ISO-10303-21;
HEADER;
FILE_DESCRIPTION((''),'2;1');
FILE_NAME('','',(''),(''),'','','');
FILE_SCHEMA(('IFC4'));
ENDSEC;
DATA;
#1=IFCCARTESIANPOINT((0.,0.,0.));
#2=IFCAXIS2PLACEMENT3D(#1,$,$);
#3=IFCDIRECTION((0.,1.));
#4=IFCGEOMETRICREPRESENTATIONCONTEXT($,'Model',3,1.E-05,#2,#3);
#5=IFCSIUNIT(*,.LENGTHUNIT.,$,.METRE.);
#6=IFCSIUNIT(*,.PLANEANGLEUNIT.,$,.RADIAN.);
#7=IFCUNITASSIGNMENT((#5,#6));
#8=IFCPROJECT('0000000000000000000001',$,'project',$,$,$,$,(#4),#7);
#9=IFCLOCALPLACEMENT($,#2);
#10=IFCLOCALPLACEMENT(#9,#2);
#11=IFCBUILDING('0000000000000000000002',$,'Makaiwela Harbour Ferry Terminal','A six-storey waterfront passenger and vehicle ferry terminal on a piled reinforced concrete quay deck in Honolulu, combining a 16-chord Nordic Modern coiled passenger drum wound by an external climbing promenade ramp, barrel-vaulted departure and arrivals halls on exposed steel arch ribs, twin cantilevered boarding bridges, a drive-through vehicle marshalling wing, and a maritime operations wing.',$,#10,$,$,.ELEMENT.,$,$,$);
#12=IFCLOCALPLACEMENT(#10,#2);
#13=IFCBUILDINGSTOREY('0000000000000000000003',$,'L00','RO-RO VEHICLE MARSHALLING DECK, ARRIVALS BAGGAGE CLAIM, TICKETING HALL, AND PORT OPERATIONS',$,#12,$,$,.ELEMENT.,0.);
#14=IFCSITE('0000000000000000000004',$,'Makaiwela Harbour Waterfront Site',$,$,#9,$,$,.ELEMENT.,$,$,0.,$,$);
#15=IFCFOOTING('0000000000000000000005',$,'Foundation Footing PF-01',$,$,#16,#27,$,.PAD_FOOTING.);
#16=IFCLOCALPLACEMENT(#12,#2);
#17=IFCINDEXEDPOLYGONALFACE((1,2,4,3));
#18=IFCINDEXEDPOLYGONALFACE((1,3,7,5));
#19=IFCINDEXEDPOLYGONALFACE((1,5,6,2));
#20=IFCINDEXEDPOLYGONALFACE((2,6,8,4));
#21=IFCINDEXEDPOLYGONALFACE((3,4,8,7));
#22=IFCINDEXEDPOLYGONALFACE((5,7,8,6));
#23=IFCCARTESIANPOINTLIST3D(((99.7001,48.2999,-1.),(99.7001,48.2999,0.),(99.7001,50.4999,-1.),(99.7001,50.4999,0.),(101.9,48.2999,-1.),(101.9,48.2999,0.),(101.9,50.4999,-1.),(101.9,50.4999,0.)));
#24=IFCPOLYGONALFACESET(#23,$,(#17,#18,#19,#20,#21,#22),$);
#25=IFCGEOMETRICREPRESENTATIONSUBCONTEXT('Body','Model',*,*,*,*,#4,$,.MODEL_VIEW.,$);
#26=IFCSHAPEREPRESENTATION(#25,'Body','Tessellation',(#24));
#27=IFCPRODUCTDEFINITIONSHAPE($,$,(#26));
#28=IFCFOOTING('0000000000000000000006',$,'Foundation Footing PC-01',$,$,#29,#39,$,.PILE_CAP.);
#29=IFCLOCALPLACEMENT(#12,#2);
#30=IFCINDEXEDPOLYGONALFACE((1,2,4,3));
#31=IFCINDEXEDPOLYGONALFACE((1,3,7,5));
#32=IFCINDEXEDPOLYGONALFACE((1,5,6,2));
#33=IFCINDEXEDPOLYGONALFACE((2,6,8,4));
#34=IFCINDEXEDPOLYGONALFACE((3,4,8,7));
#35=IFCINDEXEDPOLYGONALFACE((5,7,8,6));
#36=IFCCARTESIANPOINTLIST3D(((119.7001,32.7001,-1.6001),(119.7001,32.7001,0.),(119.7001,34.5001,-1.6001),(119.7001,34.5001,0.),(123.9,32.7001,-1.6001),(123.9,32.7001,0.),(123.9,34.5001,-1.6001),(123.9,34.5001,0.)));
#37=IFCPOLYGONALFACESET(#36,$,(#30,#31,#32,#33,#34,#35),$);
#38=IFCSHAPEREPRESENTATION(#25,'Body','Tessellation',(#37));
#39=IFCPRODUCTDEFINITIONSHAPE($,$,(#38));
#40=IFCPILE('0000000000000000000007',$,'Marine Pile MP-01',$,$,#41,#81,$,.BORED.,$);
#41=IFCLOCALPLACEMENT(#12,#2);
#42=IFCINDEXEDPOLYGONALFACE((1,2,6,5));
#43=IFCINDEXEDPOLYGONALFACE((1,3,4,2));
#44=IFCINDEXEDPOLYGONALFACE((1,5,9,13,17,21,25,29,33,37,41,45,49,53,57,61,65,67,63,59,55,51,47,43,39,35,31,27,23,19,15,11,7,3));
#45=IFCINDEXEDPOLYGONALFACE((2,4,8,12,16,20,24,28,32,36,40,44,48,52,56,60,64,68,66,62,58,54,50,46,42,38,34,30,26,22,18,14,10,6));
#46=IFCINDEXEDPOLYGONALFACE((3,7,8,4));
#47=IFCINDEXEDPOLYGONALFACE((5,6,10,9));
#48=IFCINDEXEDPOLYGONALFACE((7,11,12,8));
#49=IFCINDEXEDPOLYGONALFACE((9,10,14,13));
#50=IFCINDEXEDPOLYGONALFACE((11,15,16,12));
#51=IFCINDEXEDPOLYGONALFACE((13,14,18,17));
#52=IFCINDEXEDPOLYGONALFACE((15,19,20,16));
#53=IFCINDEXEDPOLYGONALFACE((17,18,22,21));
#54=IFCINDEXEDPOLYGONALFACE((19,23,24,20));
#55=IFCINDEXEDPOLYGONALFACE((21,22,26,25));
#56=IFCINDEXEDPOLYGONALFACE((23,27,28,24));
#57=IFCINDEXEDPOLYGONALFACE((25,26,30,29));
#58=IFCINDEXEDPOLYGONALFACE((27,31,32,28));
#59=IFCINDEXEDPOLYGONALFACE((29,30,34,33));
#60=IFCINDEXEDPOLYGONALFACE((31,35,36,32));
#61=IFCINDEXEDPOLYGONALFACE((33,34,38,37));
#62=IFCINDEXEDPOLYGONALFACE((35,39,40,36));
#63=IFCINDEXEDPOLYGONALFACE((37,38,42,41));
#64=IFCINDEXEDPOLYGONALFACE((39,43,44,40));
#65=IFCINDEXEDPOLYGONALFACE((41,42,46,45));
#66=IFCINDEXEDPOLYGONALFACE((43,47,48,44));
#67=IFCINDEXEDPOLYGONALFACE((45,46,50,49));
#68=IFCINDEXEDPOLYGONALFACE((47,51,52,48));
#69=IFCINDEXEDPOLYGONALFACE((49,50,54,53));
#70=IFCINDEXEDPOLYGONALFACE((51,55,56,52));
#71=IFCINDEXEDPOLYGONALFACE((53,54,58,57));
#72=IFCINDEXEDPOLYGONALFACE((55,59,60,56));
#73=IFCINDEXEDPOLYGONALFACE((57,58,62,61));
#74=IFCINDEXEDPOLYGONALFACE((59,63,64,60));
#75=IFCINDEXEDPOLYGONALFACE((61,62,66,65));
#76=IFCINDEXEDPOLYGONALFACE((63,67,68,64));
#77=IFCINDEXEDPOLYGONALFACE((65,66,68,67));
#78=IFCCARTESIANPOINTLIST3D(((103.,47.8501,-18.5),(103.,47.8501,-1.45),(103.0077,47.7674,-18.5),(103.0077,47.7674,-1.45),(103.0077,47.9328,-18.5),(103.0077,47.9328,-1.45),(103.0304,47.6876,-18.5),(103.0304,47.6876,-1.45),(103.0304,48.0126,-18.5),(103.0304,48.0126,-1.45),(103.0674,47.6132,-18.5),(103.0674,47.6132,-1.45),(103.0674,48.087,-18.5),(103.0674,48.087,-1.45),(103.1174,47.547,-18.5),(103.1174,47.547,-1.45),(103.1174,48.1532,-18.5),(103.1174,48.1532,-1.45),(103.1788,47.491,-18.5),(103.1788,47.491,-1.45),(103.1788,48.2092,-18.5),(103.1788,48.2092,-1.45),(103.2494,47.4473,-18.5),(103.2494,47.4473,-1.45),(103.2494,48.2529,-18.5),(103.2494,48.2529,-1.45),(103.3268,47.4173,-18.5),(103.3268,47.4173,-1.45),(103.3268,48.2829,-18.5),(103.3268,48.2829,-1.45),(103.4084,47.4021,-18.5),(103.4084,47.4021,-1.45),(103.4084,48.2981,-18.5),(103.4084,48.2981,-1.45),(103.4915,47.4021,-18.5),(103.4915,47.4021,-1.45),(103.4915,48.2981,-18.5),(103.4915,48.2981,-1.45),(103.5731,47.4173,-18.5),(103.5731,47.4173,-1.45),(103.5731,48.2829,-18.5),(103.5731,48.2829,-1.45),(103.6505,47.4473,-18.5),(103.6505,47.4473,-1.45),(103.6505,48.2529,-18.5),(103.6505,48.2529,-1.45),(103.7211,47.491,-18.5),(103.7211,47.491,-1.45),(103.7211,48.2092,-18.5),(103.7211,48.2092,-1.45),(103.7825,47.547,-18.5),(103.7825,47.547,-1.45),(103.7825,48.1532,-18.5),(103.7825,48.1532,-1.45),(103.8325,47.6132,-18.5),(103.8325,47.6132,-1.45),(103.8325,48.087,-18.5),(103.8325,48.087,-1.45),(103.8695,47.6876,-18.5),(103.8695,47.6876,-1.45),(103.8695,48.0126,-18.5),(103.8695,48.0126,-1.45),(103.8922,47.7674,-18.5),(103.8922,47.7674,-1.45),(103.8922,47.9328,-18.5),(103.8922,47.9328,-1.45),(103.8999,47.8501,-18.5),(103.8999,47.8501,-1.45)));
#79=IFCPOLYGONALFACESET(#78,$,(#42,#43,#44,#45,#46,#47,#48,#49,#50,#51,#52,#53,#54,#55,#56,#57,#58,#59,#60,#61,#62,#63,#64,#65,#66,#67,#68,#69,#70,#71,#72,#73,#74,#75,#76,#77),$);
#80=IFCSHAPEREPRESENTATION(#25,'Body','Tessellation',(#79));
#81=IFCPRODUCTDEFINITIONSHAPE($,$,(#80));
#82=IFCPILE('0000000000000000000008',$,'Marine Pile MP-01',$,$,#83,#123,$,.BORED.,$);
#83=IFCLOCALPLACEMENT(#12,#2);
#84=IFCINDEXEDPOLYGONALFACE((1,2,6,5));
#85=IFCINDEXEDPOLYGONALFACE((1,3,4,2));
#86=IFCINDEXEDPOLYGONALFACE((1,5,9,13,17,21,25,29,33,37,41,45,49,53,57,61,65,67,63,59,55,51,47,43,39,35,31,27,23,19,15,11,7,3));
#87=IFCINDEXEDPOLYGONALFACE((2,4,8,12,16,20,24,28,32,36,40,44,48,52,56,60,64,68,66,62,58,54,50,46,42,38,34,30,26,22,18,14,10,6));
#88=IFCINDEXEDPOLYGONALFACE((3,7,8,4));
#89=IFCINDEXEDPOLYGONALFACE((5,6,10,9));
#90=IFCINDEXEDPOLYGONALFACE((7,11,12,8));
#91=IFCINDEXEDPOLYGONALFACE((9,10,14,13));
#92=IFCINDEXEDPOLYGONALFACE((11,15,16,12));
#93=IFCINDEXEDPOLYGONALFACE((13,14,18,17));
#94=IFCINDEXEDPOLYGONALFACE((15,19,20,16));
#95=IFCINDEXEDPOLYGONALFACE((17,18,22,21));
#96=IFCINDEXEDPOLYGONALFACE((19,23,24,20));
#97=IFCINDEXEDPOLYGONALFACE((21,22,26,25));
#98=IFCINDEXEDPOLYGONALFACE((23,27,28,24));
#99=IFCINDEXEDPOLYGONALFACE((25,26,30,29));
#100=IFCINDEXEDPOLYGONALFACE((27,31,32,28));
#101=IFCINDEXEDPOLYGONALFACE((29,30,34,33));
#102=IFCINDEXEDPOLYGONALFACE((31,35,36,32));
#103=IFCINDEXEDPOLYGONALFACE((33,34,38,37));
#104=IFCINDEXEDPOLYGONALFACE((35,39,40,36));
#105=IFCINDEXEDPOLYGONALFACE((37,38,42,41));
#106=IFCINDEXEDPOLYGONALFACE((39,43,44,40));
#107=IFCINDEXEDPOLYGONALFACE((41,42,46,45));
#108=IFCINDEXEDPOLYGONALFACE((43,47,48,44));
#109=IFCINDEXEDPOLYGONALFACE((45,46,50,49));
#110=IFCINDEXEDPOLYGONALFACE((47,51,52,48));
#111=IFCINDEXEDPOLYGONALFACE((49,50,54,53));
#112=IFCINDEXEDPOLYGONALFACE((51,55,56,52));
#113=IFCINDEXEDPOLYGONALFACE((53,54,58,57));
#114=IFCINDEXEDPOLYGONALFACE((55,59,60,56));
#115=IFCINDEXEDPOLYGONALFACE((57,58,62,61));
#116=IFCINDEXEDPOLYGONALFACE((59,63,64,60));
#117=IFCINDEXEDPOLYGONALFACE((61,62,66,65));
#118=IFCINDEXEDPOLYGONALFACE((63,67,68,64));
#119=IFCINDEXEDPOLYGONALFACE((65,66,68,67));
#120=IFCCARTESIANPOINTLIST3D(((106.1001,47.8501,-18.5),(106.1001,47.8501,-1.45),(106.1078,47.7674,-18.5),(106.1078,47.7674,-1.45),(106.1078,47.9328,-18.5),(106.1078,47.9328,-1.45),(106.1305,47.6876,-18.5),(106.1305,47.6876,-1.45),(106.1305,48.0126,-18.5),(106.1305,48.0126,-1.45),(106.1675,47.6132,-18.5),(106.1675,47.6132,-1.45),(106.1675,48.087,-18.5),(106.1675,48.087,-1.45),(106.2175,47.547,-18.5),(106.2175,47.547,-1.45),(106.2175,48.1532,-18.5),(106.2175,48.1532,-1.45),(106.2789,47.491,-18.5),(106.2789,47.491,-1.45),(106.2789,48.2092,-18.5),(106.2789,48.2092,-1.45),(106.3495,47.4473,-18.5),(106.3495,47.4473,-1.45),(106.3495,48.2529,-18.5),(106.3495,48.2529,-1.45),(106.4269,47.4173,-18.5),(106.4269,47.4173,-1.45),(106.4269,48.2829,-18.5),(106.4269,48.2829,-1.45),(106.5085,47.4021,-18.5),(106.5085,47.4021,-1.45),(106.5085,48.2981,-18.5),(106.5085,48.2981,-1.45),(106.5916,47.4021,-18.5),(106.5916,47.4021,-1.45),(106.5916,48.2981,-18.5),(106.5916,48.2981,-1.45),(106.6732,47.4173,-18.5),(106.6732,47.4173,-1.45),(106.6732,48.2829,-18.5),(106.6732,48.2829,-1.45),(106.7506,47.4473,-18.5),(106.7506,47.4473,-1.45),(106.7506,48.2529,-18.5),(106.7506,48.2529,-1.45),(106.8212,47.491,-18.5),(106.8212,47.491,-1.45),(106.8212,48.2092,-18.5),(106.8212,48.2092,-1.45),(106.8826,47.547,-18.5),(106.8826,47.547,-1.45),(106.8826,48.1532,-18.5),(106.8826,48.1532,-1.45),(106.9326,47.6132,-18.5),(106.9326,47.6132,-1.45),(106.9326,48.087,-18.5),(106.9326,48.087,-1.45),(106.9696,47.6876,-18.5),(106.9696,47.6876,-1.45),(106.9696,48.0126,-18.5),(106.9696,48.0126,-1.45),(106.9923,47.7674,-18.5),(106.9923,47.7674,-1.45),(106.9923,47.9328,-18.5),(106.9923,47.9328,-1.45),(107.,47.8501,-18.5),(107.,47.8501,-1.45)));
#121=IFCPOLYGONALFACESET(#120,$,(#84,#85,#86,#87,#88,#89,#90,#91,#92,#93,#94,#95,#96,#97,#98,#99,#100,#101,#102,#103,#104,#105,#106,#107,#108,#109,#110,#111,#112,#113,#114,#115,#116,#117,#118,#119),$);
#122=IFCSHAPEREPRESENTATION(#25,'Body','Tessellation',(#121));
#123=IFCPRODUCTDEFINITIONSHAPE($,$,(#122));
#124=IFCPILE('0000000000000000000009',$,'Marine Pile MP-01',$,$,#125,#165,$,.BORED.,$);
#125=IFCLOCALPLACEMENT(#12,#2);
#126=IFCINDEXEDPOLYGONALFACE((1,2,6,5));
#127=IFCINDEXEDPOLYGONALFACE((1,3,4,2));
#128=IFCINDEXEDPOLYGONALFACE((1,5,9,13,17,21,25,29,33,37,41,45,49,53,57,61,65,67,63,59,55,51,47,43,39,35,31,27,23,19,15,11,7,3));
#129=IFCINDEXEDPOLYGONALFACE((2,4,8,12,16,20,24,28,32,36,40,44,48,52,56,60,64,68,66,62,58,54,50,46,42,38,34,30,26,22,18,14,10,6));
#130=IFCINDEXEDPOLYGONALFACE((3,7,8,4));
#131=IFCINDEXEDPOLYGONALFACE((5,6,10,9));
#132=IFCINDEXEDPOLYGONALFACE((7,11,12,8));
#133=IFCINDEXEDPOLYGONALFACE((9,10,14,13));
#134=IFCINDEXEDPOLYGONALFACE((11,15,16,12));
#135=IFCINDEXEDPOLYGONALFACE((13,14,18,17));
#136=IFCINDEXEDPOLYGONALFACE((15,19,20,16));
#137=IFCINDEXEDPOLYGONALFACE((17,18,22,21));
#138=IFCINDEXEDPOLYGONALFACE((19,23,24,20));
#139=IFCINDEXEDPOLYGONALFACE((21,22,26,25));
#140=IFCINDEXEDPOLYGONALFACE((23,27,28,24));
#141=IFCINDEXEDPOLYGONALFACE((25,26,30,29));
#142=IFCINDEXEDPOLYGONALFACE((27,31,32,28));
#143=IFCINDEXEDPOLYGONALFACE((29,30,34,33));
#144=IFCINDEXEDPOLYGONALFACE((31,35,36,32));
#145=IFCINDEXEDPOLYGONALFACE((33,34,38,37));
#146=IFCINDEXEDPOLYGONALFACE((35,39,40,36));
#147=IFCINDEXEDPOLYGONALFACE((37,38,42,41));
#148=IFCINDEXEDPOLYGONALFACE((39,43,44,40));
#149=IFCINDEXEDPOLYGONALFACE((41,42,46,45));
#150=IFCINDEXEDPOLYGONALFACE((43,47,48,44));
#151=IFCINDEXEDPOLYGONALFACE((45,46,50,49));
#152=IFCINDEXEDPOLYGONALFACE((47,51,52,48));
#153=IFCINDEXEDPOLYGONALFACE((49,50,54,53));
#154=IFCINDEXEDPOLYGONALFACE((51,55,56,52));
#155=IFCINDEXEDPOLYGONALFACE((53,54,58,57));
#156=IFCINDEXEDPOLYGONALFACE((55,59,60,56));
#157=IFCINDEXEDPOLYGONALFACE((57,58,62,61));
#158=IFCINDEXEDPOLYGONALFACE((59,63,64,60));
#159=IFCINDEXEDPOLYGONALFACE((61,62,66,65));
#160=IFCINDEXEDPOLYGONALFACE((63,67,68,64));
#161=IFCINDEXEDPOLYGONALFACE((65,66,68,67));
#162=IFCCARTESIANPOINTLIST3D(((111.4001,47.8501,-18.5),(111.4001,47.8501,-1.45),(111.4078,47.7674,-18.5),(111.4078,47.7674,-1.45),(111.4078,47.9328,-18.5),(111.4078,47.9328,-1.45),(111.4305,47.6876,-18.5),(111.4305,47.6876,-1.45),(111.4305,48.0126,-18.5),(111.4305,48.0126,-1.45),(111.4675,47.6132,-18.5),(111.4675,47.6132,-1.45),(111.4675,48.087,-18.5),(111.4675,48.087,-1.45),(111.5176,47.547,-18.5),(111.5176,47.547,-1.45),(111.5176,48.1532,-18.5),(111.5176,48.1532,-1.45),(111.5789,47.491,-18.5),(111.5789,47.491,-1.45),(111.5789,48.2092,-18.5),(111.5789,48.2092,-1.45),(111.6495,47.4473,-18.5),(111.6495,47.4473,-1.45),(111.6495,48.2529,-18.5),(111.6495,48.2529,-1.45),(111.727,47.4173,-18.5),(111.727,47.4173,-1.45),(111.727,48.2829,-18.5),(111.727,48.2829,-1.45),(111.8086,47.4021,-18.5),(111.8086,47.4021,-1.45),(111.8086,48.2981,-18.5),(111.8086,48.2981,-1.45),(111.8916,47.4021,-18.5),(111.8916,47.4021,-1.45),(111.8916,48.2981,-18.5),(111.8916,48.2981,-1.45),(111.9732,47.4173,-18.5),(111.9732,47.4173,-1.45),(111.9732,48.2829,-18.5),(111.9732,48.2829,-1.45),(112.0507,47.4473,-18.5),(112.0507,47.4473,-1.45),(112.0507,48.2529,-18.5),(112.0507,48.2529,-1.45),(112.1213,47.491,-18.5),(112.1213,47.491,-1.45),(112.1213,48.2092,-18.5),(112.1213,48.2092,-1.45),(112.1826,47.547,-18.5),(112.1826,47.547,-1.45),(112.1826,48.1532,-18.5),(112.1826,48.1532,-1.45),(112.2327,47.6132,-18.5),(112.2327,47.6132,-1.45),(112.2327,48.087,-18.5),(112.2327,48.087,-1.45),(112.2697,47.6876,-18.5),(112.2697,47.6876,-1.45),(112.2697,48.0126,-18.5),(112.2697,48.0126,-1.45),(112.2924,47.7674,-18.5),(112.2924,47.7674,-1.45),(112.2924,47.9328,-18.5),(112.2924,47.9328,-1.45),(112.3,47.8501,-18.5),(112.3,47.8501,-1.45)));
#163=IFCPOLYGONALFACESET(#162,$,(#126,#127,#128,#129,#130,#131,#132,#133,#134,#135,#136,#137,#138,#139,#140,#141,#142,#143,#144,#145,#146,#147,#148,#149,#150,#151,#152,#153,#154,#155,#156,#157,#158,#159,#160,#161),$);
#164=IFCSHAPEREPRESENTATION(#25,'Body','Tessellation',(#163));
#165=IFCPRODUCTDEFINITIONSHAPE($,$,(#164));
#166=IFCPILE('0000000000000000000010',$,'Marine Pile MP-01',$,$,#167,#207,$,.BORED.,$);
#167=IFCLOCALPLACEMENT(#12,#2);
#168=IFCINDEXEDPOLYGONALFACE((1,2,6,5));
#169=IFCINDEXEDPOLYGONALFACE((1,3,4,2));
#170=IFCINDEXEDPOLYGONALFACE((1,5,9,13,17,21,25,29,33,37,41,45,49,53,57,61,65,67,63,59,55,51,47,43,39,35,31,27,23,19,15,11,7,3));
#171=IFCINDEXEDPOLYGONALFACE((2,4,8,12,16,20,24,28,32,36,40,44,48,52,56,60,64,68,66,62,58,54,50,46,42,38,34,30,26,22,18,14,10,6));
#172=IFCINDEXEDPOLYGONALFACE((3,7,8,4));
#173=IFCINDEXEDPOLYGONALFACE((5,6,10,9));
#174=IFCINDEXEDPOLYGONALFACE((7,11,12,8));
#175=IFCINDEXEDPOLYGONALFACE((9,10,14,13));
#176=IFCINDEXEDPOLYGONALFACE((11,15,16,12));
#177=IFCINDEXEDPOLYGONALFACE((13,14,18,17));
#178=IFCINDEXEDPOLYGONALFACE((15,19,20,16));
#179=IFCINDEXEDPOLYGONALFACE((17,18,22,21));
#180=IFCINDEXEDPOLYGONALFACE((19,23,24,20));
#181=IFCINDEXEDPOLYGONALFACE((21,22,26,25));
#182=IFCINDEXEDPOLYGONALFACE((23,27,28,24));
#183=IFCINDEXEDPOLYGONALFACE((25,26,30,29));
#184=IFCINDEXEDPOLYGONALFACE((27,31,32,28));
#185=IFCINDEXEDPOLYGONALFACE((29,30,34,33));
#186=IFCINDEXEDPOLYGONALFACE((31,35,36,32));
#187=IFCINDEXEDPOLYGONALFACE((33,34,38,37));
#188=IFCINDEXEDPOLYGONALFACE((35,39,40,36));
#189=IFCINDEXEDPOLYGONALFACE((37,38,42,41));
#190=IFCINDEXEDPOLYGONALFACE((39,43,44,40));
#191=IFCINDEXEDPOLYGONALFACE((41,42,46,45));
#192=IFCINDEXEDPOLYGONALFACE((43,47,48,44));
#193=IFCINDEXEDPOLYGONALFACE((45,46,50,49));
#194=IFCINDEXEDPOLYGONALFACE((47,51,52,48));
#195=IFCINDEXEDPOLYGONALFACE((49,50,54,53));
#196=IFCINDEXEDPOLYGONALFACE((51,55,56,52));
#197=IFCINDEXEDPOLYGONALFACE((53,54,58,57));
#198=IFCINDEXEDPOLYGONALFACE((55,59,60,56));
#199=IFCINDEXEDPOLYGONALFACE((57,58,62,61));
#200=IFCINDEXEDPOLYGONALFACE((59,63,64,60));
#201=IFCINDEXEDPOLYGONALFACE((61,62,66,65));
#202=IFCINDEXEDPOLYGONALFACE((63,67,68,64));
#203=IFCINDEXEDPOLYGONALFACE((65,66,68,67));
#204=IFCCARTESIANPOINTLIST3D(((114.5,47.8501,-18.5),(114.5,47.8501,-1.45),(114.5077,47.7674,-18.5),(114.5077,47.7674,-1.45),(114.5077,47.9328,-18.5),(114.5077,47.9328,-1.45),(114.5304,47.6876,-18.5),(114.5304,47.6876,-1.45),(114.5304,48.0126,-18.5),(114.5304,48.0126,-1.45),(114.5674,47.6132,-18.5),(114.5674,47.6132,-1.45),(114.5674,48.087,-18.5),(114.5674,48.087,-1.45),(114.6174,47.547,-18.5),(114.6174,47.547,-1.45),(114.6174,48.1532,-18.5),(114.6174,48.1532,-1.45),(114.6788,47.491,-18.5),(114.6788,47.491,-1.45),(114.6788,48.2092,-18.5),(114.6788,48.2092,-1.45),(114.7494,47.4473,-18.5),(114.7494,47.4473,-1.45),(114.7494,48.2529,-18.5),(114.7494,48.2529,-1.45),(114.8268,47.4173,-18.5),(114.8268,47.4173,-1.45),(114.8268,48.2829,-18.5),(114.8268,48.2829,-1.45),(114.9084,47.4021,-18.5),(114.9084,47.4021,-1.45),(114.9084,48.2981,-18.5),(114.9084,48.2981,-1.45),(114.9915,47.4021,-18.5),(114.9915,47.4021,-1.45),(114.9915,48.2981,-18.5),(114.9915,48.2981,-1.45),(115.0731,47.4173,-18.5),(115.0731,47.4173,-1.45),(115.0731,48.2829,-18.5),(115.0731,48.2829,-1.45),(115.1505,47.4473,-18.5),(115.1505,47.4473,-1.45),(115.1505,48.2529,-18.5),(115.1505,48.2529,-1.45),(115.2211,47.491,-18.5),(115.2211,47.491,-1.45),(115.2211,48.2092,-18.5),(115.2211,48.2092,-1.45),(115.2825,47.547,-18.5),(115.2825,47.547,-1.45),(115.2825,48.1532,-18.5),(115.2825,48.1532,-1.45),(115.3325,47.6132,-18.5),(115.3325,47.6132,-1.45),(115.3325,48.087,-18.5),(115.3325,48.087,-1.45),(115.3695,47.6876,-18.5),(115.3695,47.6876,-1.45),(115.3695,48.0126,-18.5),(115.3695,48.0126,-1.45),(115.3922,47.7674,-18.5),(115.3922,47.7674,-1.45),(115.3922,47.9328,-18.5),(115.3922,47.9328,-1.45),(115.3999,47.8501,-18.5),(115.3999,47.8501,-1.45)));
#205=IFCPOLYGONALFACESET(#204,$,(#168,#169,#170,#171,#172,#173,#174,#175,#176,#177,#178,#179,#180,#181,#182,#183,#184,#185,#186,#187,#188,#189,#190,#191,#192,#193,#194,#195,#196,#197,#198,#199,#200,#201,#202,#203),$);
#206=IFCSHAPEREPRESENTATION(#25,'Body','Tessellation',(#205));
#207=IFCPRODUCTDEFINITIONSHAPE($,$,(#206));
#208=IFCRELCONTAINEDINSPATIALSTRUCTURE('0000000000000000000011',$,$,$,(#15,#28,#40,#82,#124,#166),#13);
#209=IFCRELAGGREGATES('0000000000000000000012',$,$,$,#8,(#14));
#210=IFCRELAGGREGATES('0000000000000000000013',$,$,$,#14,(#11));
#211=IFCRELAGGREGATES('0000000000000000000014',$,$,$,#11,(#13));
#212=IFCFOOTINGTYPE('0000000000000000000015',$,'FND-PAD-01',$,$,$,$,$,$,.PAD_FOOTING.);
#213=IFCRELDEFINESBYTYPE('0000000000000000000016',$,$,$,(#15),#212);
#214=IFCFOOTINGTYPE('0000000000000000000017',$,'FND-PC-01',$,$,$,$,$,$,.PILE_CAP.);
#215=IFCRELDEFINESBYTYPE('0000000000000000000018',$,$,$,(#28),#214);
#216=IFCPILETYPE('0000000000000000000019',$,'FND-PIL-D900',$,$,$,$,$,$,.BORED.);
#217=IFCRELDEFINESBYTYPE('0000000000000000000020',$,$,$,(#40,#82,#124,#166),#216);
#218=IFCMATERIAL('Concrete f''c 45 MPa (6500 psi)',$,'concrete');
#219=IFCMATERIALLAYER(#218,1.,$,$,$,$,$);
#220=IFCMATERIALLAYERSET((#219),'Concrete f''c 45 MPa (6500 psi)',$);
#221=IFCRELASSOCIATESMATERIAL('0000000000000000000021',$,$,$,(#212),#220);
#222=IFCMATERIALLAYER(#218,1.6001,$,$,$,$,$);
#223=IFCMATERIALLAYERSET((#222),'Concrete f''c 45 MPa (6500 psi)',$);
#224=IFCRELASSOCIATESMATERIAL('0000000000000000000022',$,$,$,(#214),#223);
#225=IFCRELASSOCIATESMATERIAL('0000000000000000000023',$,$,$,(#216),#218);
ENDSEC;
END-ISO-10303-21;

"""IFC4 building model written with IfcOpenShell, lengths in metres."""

from ifc_helpers import new_model, si_unit, direction, frame, origin, origin_2d, place, context, subcontext, project, spatial, rectangle, circle, extrude, material, layer, layer_set, material_profile, profile_set, type_object, element, save


model = new_model("IFC4")

# Units and contexts
model_context = context("Model", 3, precision=1e-05, world=origin(), true_north=direction((0.0, 1.0)))
body_context = subcontext(model_context, "Body", "Model", "MODEL_VIEW")
ifc_project = project(units=[si_unit("LENGTHUNIT", "METRE"), si_unit("PLANEANGLEUNIT", "RADIAN")], contexts=[model_context])

# Site, building, storey
site_placement = place(None, origin())
site = spatial("IfcSite", under=ifc_project, at=site_placement, Name="Makaiwela Harbour Waterfront Site", CompositionType="ELEMENT", RefElevation=0.0)
building_placement = place(site_placement, origin())
building = spatial("IfcBuilding", under=site, at=building_placement, Name="Makaiwela Harbour Ferry Terminal", Description="A six-storey waterfront passenger and vehicle ferry terminal on a piled reinforced concrete quay deck in Honolulu, combining a 16-chord Nordic Modern coiled passenger drum wound by an external climbing promenade ramp, barrel-vaulted departure and arrivals halls on exposed steel arch ribs, twin cantilevered boarding bridges, a drive-through vehicle marshalling wing, and a maritime operations wing.", CompositionType="ELEMENT")
storey_placement = place(building_placement, origin())
storey = spatial("IfcBuildingStorey", under=building, at=storey_placement, Name="L00", Description="RO-RO VEHICLE MARSHALLING DECK, ARRIVALS BAGGAGE CLAIM, TICKETING HALL, AND PORT OPERATIONS", CompositionType="ELEMENT", Elevation=0.0)

# Footings
ifc_material_1 = material(Name="Concrete f'c 45 MPa (6500 psi)", Category="concrete")
ifc_layer_1 = layer(ifc_material_1, 1.0)
ifc_layer_set_1 = layer_set([ifc_layer_1], Name="Concrete f'c 45 MPa (6500 psi)")
footing_type_1 = type_object("IfcFootingType", Name="FND-PAD-01", PredefinedType="PAD_FOOTING", material=ifc_layer_set_1)
footing_1_placement = place(storey_placement, frame((100.8, 49.3999, -1.0), z_axis=(0.0, 0.0, 1.0), x_axis=(1.0, 0.0, 0.0)))
element("IfcFooting", 1, at=footing_1_placement, inside=storey, type_object=footing_type_1, Name="Foundation Footing PF-01", PredefinedType="PAD_FOOTING", context=body_context, shape_type="SweptSolid", body=[
    extrude(rectangle(XDim=2.2, YDim=2.2, at=origin_2d()), origin(), (0.0, 0.0, 1.0), 1.0),
])
ifc_layer_2 = layer(ifc_material_1, 1.6001)
ifc_layer_set_2 = layer_set([ifc_layer_2], Name="Concrete f'c 45 MPa (6500 psi)")
footing_type_2 = type_object("IfcFootingType", Name="FND-PC-01", PredefinedType="PILE_CAP", material=ifc_layer_set_2)
footing_2_placement = place(storey_placement, frame((121.8, 33.6001, -1.6001), z_axis=(0.0, 0.0, 1.0), x_axis=(1.0, 0.0, 0.0)))
element("IfcFooting", 2, at=footing_2_placement, inside=storey, type_object=footing_type_2, Name="Foundation Footing PC-01", PredefinedType="PILE_CAP", context=body_context, shape_type="SweptSolid", body=[
    extrude(rectangle(XDim=4.2, YDim=1.8, at=origin_2d()), origin(), (0.0, 0.0, 1.0), 1.6001),
])

# Piles
ifc_material_profile_1 = material_profile(ifc_material_1, circle(Radius=0.45, at=origin_2d()), Name="PILE-D900")
ifc_profile_set_1 = profile_set([ifc_material_profile_1], Name="Concrete f'c 45 MPa (6500 psi)")
pile_type = type_object("IfcPileType", Name="FND-PIL-D900", PredefinedType="BORED", material=ifc_profile_set_1)
for number, where, z_axis, x_axis, name in (
    (3, (103.45, 47.8501, -1.45), (0.0, 0.0, -1.0), (1.0, 0.0, 0.0), "Marine Pile MP-01"),
    (4, (106.55, 47.8501, -1.45), (0.0, 0.0, -1.0), (1.0, 0.0, 0.0), "Marine Pile MP-01"),
    (5, (111.8501, 47.8501, -1.45), (0.0, 0.0, -1.0), (1.0, 0.0, 0.0), "Marine Pile MP-01"),
    (6, (114.95, 47.8501, -1.45), (0.0, 0.0, -1.0), (1.0, 0.0, 0.0), "Marine Pile MP-01"),
):
    element("IfcPile", number, at=place(storey_placement, frame(where, z_axis=z_axis, x_axis=x_axis)), inside=storey, type_object=pile_type, Name=name, PredefinedType="BORED", context=body_context, shape_type="SweptSolid", body=[
        extrude(circle(Radius=0.45, at=origin_2d()), origin(), (0.0, 0.0, 1.0), 17.05),
    ])

save(model, "model.ifc")
